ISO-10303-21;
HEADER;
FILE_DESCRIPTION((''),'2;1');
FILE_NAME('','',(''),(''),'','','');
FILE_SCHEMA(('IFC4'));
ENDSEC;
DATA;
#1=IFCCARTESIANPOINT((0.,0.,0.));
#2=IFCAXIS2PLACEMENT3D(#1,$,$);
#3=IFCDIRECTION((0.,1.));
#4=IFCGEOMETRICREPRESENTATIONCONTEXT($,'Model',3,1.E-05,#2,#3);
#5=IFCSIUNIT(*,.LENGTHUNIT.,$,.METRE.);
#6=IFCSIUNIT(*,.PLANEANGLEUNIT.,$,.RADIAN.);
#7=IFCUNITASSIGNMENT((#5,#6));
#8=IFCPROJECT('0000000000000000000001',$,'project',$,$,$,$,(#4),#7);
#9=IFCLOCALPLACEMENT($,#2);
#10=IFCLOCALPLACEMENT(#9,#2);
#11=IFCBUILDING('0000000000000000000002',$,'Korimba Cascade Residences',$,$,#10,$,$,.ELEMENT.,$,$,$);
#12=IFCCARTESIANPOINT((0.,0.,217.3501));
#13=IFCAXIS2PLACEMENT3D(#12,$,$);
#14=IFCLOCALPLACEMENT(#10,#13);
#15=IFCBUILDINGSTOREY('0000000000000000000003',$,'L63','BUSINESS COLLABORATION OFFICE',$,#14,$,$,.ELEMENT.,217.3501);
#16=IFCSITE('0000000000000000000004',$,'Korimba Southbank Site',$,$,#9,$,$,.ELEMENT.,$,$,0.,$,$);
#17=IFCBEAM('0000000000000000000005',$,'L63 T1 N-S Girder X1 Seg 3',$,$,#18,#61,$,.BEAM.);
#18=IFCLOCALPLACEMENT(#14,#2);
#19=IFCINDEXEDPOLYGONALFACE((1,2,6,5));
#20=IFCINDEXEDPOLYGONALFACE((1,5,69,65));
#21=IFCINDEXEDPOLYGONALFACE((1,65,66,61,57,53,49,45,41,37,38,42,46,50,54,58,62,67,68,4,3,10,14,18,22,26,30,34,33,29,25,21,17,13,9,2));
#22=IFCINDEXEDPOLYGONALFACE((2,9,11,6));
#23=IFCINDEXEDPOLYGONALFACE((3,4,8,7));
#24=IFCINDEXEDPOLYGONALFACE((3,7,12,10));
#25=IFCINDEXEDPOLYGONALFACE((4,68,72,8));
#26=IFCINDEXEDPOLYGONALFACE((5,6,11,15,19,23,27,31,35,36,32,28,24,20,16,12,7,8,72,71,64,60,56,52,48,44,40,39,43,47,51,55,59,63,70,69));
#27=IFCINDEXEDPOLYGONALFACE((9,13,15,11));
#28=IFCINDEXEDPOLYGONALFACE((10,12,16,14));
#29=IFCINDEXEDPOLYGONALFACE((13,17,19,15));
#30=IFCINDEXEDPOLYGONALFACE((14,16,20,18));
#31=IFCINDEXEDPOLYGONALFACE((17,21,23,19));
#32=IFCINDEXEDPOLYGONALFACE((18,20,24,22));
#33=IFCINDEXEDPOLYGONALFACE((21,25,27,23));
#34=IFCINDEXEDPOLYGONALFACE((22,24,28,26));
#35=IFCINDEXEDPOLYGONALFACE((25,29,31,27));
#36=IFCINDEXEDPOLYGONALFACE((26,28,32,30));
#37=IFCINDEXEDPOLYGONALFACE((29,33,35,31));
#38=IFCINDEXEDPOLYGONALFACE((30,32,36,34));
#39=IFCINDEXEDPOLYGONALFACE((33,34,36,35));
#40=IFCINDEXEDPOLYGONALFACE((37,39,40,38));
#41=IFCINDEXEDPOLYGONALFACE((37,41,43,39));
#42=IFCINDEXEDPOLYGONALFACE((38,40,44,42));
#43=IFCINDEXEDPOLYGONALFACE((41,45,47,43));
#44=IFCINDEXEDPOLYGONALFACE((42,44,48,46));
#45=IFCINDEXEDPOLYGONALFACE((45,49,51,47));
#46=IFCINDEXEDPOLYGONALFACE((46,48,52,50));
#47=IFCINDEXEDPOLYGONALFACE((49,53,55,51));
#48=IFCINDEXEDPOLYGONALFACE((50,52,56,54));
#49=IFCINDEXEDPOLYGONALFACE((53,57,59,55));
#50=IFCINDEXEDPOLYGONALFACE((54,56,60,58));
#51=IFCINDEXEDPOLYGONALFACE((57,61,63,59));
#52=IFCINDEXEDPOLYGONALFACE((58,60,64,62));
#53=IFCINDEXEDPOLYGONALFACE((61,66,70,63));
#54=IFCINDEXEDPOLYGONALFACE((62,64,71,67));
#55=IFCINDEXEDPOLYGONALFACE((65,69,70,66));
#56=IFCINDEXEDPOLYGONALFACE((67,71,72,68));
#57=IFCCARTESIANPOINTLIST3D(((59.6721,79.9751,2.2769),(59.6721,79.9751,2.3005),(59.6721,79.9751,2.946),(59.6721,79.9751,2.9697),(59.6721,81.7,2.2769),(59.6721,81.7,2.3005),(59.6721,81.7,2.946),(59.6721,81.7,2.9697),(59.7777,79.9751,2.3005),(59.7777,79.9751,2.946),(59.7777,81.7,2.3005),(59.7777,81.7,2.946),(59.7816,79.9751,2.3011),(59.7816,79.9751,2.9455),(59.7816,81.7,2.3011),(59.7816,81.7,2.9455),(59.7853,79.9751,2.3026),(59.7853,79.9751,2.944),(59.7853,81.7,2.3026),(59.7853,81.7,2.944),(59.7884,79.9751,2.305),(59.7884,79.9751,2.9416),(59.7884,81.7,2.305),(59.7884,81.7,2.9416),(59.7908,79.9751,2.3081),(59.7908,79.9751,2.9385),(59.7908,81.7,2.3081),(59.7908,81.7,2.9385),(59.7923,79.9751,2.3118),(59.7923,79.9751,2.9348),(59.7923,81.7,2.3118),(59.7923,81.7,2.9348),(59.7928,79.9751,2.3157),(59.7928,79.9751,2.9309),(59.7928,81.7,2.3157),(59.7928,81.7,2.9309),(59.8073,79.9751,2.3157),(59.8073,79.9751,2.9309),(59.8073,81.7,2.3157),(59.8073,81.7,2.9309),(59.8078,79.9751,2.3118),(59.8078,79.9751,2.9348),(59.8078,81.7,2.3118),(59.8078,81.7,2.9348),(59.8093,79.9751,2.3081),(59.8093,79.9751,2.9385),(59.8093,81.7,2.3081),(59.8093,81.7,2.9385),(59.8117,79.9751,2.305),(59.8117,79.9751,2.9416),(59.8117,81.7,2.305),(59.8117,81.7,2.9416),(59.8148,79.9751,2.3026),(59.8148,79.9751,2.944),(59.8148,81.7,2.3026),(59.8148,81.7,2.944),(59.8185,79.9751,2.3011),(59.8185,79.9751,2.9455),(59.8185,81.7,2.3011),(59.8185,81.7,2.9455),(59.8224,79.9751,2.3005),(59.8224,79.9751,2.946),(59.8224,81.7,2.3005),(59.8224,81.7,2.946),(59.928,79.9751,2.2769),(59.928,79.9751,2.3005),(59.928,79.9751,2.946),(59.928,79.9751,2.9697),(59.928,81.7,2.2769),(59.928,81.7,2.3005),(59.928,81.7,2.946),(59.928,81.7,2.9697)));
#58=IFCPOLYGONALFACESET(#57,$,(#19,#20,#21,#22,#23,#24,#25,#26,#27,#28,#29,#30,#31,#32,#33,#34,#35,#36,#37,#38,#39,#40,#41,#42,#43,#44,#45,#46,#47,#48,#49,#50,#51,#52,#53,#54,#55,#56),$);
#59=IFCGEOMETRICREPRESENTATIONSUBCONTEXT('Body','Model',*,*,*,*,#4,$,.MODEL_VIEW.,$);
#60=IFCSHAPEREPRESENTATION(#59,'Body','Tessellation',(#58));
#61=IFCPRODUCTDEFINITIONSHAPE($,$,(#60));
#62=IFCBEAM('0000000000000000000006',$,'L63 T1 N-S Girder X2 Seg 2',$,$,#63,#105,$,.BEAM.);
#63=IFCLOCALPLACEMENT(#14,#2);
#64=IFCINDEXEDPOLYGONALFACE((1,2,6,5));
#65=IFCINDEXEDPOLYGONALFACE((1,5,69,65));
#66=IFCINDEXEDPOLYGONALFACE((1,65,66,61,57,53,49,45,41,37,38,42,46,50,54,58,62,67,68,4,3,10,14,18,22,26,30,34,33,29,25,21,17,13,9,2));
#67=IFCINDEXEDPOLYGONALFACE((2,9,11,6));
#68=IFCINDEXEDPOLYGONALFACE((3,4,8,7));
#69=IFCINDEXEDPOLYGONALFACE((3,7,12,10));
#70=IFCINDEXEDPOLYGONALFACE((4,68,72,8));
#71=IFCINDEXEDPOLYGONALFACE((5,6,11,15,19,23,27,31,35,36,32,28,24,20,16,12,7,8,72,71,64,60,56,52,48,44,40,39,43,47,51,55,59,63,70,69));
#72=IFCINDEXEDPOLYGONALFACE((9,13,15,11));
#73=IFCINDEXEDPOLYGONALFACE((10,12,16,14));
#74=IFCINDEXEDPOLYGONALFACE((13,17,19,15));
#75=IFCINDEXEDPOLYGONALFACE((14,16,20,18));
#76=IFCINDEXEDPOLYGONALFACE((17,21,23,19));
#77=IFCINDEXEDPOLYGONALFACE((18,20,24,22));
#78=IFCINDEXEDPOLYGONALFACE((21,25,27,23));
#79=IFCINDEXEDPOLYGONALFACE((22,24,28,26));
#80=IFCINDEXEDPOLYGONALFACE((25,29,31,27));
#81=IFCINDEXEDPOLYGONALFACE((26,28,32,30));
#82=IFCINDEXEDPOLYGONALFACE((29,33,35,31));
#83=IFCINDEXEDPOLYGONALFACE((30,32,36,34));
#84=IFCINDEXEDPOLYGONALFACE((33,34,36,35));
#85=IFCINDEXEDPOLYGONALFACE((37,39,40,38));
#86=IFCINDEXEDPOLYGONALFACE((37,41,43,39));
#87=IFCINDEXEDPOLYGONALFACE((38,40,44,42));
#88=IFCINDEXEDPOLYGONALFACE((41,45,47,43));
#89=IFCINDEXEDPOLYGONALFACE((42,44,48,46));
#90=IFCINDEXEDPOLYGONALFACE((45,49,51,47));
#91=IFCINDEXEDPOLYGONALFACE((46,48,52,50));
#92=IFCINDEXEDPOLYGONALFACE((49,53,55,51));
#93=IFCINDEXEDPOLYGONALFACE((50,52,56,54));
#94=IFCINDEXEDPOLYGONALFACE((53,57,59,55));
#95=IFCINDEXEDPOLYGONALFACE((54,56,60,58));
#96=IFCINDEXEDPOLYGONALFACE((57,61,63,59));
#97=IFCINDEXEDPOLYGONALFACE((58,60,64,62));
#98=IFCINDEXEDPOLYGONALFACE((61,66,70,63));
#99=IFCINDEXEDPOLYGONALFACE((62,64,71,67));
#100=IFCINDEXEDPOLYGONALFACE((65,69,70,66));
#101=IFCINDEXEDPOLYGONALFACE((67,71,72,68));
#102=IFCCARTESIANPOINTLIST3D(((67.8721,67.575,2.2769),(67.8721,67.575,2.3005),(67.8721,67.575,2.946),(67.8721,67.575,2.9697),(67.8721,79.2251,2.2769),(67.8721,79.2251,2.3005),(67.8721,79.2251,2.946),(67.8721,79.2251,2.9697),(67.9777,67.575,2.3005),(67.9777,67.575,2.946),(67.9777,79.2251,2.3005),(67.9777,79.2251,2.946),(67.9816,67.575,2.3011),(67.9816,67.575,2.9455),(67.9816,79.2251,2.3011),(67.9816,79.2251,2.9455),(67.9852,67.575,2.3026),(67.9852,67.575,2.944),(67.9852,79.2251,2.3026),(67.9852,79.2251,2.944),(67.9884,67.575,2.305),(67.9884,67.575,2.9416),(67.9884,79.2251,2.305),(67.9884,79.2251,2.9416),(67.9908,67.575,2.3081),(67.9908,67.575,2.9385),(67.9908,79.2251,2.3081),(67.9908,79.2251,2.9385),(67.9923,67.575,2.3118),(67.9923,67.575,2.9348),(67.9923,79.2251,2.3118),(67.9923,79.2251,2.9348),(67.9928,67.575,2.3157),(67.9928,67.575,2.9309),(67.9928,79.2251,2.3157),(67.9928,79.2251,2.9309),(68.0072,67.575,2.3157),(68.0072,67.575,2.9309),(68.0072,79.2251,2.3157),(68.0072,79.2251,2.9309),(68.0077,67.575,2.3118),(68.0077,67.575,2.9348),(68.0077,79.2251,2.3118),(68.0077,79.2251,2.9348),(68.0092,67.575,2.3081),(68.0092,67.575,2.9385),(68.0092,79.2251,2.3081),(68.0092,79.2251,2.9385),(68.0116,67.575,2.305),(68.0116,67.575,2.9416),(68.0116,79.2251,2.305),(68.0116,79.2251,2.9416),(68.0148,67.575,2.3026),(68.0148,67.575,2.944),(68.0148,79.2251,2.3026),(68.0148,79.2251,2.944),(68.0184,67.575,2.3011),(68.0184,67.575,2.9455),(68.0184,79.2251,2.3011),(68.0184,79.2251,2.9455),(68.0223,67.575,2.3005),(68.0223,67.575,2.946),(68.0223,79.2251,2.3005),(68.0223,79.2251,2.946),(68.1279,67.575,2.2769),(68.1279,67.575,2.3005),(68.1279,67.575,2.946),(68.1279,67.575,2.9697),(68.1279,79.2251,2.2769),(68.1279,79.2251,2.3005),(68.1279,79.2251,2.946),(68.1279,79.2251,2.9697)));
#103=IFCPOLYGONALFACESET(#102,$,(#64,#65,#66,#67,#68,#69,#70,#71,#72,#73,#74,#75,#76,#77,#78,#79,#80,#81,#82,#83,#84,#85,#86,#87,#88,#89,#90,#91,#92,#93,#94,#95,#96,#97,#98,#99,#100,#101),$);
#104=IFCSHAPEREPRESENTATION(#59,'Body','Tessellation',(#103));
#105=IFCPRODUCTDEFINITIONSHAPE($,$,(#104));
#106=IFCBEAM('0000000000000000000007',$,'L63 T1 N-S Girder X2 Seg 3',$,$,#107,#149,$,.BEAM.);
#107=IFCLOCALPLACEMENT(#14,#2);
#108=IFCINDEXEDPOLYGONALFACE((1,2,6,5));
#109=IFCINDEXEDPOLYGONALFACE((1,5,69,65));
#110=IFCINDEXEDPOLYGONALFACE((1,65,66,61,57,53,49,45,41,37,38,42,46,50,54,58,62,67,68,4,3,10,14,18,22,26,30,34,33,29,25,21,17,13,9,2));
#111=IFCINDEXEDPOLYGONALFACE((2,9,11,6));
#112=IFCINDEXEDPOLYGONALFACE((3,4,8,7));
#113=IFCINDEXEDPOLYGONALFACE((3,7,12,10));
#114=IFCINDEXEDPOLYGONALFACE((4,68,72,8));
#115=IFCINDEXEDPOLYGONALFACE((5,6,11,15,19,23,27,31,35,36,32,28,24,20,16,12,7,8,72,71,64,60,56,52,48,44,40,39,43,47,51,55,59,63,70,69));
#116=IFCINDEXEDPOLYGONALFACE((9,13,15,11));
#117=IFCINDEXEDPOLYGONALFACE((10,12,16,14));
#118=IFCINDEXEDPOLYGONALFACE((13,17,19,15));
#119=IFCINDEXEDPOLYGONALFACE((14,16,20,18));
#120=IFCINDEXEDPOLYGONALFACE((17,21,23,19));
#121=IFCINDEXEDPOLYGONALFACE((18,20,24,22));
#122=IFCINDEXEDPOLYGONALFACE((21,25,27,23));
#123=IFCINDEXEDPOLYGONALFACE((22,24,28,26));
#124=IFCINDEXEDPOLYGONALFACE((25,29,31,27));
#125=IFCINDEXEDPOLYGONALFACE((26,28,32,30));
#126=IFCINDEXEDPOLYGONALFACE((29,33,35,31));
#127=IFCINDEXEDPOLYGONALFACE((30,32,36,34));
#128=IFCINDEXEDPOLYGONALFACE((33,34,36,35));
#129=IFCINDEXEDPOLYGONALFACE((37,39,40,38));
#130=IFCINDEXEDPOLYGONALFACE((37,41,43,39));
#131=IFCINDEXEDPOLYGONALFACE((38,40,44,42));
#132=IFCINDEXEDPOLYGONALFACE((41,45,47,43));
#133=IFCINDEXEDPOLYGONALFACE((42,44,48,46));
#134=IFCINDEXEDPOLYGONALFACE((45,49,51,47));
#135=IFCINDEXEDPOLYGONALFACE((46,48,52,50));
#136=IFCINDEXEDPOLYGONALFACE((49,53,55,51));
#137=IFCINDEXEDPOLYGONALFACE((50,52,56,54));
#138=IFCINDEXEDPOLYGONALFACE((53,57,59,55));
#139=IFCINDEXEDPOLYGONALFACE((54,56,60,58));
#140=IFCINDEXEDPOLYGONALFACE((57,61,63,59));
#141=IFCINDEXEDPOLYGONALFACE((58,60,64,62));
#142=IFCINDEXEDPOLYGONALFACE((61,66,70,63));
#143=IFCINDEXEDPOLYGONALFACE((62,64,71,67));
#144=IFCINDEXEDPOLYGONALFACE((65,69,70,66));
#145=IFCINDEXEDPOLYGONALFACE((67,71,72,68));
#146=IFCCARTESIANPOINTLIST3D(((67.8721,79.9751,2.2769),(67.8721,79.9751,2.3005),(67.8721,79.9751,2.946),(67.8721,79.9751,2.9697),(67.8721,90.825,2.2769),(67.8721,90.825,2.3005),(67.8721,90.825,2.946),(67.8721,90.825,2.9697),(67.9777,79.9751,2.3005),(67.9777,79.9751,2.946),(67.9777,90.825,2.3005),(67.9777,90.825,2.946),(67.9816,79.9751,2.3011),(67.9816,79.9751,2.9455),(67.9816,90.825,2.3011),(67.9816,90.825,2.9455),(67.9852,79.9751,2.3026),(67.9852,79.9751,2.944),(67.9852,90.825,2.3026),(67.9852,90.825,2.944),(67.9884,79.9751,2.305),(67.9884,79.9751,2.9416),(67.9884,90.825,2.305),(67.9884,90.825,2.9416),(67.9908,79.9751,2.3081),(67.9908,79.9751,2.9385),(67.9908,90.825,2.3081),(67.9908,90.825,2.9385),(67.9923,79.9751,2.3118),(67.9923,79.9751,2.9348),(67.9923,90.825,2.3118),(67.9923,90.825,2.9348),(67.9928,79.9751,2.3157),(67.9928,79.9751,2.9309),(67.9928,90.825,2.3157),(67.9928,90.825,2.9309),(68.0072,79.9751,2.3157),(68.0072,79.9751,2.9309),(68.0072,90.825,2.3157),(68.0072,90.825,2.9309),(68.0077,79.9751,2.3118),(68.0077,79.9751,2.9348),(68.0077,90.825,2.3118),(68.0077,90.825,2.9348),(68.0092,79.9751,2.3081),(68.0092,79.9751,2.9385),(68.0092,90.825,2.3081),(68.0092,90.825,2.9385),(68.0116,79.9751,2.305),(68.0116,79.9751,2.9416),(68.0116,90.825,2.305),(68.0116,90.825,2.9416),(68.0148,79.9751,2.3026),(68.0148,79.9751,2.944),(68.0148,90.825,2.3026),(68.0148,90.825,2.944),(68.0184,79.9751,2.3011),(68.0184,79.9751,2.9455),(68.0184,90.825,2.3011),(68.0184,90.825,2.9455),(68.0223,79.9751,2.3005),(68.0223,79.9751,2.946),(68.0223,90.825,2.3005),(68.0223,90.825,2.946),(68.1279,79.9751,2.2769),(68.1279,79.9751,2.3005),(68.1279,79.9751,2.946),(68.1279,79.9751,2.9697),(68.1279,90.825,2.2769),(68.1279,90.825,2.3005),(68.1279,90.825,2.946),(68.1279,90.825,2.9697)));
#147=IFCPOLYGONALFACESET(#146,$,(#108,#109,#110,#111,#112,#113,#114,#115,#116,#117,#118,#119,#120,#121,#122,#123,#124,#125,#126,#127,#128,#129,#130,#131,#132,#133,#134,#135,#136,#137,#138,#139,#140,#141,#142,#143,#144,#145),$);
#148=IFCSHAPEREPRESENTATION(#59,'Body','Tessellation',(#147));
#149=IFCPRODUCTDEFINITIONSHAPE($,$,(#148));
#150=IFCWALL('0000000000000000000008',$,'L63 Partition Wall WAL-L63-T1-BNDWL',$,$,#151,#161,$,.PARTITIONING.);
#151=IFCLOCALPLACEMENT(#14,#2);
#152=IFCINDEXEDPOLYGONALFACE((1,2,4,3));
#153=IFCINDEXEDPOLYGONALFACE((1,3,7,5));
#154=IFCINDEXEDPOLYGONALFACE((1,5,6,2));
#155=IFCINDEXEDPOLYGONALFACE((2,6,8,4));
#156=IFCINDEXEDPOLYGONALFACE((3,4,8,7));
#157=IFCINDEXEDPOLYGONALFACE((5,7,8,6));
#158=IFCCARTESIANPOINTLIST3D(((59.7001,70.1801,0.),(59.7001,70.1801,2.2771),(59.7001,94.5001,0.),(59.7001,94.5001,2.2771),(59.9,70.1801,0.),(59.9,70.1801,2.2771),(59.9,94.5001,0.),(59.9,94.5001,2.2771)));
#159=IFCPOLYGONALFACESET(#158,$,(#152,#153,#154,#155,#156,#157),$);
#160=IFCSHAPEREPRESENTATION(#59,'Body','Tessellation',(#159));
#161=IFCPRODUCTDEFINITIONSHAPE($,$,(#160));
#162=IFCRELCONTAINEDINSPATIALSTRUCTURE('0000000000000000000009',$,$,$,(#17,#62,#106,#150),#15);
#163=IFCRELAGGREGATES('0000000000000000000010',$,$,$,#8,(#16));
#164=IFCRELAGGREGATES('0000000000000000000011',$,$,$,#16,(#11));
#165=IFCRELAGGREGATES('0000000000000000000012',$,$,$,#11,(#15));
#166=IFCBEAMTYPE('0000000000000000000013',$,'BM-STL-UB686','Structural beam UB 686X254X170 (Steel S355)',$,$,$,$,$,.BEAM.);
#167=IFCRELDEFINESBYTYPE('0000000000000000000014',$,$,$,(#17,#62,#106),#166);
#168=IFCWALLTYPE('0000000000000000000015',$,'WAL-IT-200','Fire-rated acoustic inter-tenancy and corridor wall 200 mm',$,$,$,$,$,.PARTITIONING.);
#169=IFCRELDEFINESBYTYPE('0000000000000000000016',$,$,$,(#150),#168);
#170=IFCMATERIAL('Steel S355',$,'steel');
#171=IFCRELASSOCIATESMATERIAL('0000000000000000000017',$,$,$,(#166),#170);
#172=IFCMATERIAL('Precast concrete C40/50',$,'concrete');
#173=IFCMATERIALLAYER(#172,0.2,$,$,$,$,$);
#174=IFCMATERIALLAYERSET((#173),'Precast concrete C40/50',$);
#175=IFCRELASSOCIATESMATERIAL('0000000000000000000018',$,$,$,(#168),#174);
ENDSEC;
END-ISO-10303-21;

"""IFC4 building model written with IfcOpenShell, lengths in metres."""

from ifc_helpers import new_model, si_unit, direction, frame, frame_2d, origin, origin_2d, place, context, subcontext, project, spatial, rectangle, i_section, extrude, material, layer, layer_set, material_profile, profile_set, type_object, element, save


model = new_model("IFC4")

# Units and contexts
model_context = context("Model", 3, precision=1e-05, world=origin(), true_north=direction((0.0, 1.0)))
body_context = subcontext(model_context, "Body", "Model", "MODEL_VIEW")
ifc_project = project(units=[si_unit("LENGTHUNIT", "METRE"), si_unit("PLANEANGLEUNIT", "RADIAN")], contexts=[model_context])

# Site, building, storey
site_placement = place(None, origin())
site = spatial("IfcSite", under=ifc_project, at=site_placement, Name="Korimba Southbank Site", CompositionType="ELEMENT", RefElevation=0.0)
building_placement = place(site_placement, origin())
building = spatial("IfcBuilding", under=site, at=building_placement, Name="Korimba Cascade Residences", CompositionType="ELEMENT")
storey_placement = place(building_placement, frame((0.0, 0.0, 217.3501)))
storey = spatial("IfcBuildingStorey", under=building, at=storey_placement, Name="L63", Description="BUSINESS COLLABORATION OFFICE", CompositionType="ELEMENT", Elevation=217.3501)

# Beams
ifc_material_1 = material(Name="Steel S355", Category="steel")
ifc_material_profile_1 = material_profile(ifc_material_1, i_section(OverallWidth=0.2559, OverallDepth=0.6929, WebThickness=0.0144, FlangeThickness=0.0237, FilletRadius=0.0151, at=origin_2d()), Name="Steel S355")
ifc_profile_set_1 = profile_set([ifc_material_profile_1], Name="Steel S355")
beam_type_1 = type_object("IfcBeamType", Name="BM-STL-UB686", Description="Structural beam UB 686X254X170 (Steel S355)", PredefinedType="BEAM", material=ifc_profile_set_1)
beam_1_placement = place(storey_placement, frame((59.8, 79.9751, 2.6233), z_axis=(0.0, 1.0, 0.0), x_axis=(-1.0, 0.0, 0.0)))
element("IfcBeam", 1, at=beam_1_placement, inside=storey, type_object=beam_type_1, Name="L63 T1 N-S Girder X1 Seg 3", PredefinedType="BEAM", context=body_context, shape_type="SweptSolid", body=[
    extrude(i_section(OverallWidth=0.2559, OverallDepth=0.6929, WebThickness=0.0144, FlangeThickness=0.0237, FilletRadius=0.0151, at=origin_2d()), origin(), (0.0, 0.0, 1.0), 1.7249),
])
beam_2_placement = place(storey_placement, frame((68.0, 67.575, 2.6233), z_axis=(0.0, 1.0, 0.0), x_axis=(-1.0, 0.0, 0.0)))
element("IfcBeam", 2, at=beam_2_placement, inside=storey, type_object=beam_type_1, Name="L63 T1 N-S Girder X2 Seg 2", PredefinedType="BEAM", context=body_context, shape_type="SweptSolid", body=[
    extrude(i_section(OverallWidth=0.2559, OverallDepth=0.6929, WebThickness=0.0144, FlangeThickness=0.0237, FilletRadius=0.0151, at=origin_2d()), origin(), (0.0, 0.0, 1.0), 11.6501),
])
beam_3_placement = place(storey_placement, frame((68.0, 79.9751, 2.6233), z_axis=(0.0, 1.0, 0.0), x_axis=(-1.0, 0.0, 0.0)))
element("IfcBeam", 3, at=beam_3_placement, inside=storey, type_object=beam_type_1, Name="L63 T1 N-S Girder X2 Seg 3", PredefinedType="BEAM", context=body_context, shape_type="SweptSolid", body=[
    extrude(i_section(OverallWidth=0.2559, OverallDepth=0.6929, WebThickness=0.0144, FlangeThickness=0.0237, FilletRadius=0.0151, at=origin_2d()), origin(), (0.0, 0.0, 1.0), 10.8499),
])

# Wall
ifc_material_2 = material(Name="Precast concrete C40/50", Category="concrete")
ifc_layer_1 = layer(ifc_material_2, 0.2)
ifc_layer_set_1 = layer_set([ifc_layer_1], Name="Precast concrete C40/50")
wall_type_1 = type_object("IfcWallType", Name="WAL-IT-200", Description="Fire-rated acoustic inter-tenancy and corridor wall 200 mm", PredefinedType="PARTITIONING", material=ifc_layer_set_1)
wall_1_placement = place(storey_placement, frame((59.8, 70.1799, 0.0), z_axis=(0.0, 0.0, 1.0), x_axis=(0.0, 1.0, 0.0)))
element("IfcWall", 4, at=wall_1_placement, inside=storey, type_object=wall_type_1, Name="L63 Partition Wall WAL-L63-T1-BNDWL", PredefinedType="PARTITIONING", context=body_context, shape_type="SweptSolid", body=[
    extrude(rectangle(XDim=24.3201, YDim=0.2, at=frame_2d((12.1602, 0.0))), origin(), (0.0, 0.0, 1.0), 2.2771),
])

save(model, "model.ifc")
